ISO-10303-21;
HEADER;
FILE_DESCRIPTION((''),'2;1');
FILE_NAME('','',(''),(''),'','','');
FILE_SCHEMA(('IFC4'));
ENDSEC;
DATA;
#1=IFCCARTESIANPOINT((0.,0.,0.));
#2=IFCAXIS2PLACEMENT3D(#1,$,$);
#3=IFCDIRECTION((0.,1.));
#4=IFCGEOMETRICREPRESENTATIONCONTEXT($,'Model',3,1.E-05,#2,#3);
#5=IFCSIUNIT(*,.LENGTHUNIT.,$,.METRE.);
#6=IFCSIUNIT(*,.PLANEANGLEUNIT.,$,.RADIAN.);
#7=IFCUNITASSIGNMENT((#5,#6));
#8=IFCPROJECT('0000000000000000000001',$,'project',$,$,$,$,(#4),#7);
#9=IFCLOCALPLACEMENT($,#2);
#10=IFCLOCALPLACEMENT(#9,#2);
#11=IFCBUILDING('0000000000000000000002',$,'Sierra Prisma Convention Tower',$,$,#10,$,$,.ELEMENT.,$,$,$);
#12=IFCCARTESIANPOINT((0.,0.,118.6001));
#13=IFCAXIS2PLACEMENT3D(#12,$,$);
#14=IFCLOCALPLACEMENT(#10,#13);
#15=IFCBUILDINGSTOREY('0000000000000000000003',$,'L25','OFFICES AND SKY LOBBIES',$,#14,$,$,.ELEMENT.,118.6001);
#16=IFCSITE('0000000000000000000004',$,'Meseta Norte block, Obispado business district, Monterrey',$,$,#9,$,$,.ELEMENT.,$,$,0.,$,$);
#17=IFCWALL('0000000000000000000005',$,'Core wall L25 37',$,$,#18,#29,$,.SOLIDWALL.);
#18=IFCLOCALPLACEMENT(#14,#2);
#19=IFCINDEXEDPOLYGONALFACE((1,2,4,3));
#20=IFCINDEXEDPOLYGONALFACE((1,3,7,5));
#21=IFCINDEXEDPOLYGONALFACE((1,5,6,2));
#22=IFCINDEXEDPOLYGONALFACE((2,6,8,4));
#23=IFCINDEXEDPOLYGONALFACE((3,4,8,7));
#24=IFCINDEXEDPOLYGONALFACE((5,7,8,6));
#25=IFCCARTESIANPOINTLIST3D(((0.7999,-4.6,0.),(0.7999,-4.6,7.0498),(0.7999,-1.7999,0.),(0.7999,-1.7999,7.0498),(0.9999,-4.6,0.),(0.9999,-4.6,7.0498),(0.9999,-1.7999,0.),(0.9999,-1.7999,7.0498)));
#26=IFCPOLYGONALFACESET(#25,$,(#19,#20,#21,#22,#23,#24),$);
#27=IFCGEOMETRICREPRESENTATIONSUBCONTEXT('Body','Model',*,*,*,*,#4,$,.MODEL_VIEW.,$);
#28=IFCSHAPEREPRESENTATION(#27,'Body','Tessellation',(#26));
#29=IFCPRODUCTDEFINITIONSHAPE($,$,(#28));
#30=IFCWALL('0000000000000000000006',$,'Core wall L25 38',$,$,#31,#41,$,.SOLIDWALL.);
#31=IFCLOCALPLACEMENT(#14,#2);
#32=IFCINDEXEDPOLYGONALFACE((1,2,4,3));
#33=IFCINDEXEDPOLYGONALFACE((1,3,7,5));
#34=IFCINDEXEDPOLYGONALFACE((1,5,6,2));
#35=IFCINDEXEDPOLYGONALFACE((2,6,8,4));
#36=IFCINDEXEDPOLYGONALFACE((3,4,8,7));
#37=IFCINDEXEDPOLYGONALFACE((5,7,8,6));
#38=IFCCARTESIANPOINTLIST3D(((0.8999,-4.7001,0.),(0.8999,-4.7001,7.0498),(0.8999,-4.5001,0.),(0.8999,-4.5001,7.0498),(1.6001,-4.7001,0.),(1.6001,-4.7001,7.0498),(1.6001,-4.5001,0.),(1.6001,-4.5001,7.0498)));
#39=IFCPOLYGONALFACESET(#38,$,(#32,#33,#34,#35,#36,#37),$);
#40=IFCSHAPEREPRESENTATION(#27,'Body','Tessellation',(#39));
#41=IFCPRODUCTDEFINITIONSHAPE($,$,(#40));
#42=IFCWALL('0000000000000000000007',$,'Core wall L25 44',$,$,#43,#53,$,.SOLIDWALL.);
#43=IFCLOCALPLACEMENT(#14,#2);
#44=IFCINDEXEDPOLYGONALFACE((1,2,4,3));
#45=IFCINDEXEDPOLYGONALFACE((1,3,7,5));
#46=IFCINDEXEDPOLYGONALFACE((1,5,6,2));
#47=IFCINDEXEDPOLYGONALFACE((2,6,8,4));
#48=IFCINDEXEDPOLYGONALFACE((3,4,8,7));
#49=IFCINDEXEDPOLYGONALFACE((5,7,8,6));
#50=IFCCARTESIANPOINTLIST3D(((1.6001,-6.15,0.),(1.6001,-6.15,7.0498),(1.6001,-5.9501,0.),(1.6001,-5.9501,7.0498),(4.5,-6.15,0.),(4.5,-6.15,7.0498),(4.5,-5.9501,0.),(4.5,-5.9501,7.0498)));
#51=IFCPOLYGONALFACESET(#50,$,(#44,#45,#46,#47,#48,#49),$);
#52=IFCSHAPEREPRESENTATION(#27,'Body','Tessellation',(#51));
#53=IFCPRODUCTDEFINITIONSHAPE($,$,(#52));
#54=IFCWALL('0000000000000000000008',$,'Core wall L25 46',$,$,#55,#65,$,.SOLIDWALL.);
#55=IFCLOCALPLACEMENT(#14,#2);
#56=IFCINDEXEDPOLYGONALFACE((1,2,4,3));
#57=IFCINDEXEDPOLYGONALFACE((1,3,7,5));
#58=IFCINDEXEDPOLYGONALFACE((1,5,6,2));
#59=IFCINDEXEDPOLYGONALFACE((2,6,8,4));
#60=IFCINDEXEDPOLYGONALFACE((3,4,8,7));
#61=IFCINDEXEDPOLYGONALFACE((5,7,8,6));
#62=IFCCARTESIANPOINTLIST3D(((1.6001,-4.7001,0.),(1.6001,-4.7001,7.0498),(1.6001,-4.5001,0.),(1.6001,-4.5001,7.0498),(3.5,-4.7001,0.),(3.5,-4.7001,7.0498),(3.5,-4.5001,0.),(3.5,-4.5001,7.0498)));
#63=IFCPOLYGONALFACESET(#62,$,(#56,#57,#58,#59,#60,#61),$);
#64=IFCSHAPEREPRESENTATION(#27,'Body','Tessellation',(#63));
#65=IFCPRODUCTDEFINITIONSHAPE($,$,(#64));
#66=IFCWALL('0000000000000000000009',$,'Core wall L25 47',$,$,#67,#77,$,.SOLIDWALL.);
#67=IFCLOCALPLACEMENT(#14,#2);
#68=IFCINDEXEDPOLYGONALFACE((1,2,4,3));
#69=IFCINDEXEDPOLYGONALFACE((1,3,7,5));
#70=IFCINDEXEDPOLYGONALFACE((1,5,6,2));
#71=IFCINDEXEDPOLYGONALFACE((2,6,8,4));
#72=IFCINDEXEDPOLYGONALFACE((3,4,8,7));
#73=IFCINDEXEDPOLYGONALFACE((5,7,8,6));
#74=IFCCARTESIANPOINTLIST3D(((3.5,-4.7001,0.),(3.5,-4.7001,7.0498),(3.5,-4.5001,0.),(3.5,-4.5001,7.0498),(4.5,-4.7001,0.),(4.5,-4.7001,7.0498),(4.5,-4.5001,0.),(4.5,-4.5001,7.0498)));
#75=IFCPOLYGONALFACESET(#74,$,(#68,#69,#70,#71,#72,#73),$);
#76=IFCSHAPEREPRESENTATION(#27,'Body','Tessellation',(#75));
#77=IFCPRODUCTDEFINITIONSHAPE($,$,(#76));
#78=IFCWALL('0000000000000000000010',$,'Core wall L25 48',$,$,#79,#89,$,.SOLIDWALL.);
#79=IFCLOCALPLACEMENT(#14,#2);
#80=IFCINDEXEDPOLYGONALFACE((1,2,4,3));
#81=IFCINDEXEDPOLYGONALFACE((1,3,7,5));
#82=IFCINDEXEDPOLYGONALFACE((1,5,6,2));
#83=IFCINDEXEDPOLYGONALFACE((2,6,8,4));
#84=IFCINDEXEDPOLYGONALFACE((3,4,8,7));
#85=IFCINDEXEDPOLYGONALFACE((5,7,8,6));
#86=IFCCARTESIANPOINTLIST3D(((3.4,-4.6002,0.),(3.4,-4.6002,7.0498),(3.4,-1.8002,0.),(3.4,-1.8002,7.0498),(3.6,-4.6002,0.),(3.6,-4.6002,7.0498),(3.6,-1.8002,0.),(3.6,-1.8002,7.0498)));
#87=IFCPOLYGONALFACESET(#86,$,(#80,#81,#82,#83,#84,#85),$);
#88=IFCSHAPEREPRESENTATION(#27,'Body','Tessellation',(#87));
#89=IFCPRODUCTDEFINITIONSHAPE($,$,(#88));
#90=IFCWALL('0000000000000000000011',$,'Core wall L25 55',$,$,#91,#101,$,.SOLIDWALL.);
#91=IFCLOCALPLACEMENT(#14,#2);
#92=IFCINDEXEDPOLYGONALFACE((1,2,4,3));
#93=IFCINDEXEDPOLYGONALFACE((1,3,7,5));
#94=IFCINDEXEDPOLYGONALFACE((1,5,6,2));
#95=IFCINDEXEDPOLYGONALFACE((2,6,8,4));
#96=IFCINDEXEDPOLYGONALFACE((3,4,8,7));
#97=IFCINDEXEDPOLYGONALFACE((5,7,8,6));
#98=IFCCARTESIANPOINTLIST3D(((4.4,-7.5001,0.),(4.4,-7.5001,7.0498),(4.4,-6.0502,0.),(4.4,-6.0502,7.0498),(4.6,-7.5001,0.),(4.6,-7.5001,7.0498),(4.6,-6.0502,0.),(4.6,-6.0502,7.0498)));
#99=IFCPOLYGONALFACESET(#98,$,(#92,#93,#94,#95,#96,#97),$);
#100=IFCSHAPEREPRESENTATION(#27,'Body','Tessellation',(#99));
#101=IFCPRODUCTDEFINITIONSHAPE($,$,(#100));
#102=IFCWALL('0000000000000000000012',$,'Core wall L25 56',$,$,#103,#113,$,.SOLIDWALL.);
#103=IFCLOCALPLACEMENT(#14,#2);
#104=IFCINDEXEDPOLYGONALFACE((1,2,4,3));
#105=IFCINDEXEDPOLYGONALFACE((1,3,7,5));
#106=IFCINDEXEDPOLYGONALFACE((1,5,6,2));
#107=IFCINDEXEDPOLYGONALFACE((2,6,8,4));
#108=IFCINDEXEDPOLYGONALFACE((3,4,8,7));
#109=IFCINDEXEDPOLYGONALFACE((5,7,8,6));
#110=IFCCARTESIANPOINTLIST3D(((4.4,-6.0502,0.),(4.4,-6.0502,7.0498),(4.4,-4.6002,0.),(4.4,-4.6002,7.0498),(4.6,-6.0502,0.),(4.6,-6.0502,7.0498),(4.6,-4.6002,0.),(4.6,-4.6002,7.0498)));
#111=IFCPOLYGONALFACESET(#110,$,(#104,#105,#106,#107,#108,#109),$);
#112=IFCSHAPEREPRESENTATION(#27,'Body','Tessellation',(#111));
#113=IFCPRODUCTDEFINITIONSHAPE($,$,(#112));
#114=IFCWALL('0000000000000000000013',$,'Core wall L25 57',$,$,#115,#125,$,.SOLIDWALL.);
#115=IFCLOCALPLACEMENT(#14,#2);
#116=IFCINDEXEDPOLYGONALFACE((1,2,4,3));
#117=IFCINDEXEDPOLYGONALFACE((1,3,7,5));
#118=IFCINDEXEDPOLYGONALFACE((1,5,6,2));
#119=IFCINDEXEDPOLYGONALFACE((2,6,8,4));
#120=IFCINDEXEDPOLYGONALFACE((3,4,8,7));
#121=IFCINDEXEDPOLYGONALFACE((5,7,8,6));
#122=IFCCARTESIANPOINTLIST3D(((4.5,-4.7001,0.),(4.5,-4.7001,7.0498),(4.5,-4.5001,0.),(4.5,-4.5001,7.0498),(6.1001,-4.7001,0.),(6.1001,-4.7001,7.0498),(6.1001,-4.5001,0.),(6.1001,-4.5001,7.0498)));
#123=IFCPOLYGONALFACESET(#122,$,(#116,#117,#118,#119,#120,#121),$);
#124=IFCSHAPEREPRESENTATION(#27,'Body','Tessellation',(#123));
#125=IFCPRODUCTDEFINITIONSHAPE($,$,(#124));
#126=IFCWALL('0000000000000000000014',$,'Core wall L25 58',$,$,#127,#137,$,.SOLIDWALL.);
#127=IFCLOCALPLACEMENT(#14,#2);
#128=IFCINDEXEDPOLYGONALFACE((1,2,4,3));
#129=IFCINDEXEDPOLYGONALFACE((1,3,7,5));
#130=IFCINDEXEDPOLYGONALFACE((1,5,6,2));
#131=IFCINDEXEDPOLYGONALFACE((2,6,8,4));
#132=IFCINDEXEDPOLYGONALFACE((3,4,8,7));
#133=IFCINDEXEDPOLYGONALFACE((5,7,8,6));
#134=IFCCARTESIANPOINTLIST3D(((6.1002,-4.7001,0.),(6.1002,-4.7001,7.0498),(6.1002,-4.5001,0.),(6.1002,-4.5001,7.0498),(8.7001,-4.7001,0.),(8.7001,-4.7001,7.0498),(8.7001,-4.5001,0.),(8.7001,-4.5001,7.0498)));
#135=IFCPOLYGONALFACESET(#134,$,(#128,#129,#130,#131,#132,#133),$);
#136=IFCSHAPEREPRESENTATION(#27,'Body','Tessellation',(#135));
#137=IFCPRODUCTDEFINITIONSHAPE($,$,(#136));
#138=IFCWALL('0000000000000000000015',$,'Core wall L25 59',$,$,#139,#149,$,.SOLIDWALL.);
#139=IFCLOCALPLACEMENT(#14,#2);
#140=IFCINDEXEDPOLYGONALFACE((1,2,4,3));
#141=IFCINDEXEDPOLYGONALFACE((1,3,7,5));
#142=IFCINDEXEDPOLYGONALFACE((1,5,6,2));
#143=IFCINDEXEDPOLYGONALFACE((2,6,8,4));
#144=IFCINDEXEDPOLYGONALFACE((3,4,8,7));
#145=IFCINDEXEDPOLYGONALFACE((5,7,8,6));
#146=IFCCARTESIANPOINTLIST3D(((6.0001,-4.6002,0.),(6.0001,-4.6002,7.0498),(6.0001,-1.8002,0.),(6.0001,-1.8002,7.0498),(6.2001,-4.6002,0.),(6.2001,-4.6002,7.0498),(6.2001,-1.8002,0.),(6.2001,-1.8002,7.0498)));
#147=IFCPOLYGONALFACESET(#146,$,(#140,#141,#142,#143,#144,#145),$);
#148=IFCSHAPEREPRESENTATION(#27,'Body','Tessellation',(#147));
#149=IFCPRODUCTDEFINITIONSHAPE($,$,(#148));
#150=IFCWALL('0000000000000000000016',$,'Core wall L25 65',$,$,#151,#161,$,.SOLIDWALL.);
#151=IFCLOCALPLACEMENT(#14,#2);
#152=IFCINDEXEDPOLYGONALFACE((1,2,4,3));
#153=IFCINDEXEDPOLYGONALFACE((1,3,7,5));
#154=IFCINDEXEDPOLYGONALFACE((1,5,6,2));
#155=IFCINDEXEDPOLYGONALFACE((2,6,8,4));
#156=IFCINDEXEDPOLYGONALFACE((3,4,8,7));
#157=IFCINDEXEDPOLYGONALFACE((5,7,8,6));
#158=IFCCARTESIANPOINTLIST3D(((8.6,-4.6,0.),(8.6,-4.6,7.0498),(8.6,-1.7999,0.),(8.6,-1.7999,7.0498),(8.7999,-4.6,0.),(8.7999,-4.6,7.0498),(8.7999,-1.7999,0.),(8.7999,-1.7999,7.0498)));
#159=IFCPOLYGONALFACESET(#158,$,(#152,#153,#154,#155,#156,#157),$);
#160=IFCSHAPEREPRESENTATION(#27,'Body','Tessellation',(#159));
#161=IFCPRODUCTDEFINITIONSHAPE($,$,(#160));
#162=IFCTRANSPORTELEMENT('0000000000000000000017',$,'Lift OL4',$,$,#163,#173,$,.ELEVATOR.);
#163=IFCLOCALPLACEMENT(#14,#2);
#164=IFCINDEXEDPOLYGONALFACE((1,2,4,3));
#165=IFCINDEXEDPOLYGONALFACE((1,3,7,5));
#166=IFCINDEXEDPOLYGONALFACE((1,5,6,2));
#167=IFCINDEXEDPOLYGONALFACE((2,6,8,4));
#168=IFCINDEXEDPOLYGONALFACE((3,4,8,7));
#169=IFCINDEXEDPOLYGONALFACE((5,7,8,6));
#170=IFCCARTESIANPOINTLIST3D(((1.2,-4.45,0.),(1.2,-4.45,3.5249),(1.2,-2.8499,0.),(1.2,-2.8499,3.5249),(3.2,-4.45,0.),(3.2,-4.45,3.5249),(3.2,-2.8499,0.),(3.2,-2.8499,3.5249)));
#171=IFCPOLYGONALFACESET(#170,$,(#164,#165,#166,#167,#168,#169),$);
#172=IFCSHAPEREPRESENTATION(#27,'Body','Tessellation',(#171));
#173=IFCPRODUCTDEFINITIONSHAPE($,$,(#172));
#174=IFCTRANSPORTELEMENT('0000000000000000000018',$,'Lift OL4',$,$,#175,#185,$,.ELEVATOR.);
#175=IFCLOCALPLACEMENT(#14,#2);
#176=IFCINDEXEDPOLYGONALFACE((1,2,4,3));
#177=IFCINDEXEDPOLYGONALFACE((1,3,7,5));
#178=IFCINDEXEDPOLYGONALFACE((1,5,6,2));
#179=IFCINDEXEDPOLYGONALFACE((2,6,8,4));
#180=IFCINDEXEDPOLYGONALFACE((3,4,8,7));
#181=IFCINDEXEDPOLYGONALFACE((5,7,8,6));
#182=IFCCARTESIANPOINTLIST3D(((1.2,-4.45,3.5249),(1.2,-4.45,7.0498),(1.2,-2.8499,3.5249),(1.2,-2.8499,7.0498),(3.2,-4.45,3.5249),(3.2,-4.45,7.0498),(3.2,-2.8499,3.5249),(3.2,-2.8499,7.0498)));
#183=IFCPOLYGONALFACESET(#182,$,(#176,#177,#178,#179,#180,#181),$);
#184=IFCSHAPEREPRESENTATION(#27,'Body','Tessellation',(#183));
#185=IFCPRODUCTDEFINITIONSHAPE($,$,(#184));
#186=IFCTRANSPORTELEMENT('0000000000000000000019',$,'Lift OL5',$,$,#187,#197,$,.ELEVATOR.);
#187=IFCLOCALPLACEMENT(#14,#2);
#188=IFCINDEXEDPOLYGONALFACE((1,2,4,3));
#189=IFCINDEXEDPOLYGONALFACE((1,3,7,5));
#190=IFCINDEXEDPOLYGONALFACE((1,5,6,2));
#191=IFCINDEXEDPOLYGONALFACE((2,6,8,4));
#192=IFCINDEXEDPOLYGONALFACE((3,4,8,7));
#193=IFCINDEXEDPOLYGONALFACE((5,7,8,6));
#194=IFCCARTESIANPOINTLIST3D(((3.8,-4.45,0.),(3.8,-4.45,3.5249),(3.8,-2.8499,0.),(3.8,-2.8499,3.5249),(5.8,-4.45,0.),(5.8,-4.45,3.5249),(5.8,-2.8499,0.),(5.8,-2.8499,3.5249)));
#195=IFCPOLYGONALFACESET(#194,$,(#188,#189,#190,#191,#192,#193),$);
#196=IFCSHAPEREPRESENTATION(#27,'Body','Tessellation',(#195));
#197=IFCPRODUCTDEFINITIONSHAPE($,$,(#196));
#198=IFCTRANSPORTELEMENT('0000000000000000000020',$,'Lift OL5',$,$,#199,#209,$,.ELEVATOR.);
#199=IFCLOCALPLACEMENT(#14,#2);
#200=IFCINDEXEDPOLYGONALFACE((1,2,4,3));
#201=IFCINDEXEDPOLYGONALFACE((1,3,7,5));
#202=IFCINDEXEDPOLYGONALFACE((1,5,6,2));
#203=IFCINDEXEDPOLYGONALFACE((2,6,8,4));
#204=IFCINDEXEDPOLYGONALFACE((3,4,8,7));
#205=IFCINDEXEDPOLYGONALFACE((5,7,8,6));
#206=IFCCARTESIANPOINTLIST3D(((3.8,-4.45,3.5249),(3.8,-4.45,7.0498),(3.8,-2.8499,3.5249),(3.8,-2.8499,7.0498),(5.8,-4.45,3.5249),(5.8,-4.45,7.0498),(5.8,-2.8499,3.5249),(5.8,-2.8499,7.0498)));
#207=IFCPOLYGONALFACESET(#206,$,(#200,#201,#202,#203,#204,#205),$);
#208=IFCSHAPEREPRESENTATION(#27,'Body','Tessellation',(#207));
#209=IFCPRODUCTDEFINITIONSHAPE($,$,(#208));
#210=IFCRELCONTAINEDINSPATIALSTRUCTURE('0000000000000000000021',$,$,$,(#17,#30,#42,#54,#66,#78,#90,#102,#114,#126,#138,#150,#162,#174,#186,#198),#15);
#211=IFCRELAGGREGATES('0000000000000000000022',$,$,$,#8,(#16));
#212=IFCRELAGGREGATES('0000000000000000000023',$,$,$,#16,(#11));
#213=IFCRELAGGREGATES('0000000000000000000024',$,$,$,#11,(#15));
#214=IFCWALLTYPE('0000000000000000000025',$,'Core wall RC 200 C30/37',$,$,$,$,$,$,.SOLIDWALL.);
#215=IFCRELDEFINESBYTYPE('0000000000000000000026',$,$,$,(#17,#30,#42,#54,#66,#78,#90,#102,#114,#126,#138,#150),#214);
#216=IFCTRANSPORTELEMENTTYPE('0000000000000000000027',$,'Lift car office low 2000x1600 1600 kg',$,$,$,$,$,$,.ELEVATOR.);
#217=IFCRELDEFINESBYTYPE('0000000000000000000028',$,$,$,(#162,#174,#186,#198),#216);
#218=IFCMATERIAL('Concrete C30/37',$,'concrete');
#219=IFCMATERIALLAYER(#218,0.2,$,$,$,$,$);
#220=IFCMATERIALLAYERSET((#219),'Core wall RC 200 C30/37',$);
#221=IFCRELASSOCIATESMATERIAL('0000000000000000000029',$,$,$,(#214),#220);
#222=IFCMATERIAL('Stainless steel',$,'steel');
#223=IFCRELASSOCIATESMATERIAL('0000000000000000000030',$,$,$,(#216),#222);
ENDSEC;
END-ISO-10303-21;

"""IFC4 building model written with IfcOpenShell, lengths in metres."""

from ifc_helpers import new_model, si_unit, direction, frame, frame_2d, origin, origin_2d, place, context, subcontext, project, spatial, rectangle, extrude, material, layer, layer_set, type_object, element, save


model = new_model("IFC4")

# Units and contexts
model_context = context("Model", 3, precision=1e-05, world=origin(), true_north=direction((0.0, 1.0)))
body_context = subcontext(model_context, "Body", "Model", "MODEL_VIEW")
ifc_project = project(units=[si_unit("LENGTHUNIT", "METRE"), si_unit("PLANEANGLEUNIT", "RADIAN")], contexts=[model_context])

# Site, building, storey
site_placement = place(None, origin())
site = spatial("IfcSite", under=ifc_project, at=site_placement, Name="Meseta Norte block, Obispado business district, Monterrey", CompositionType="ELEMENT", RefElevation=0.0)
building_placement = place(site_placement, origin())
building = spatial("IfcBuilding", under=site, at=building_placement, Name="Sierra Prisma Convention Tower", CompositionType="ELEMENT")
storey_placement = place(building_placement, frame((0.0, 0.0, 118.6001)))
storey = spatial("IfcBuildingStorey", under=building, at=storey_placement, Name="L25", Description="OFFICES AND SKY LOBBIES", CompositionType="ELEMENT", Elevation=118.6001)

# Shared definitions
ifc_material_1 = material(Name="Concrete C30/37", Category="concrete")
ifc_layer_1 = layer(ifc_material_1, 0.2)
ifc_layer_set_1 = layer_set([ifc_layer_1], Name="Core wall RC 200 C30/37")
wall_type = type_object("IfcWallType", Name="Core wall RC 200 C30/37", PredefinedType="SOLIDWALL", material=ifc_layer_set_1)

# Walls
wall_1_placement = place(storey_placement, frame((0.8999, -1.8, 0.0), z_axis=(0.0, 0.0, 1.0), x_axis=(0.0, -1.0, 0.0)))
element("IfcWall", 1, at=wall_1_placement, inside=storey, type_object=wall_type, Name="Core wall L25 37", PredefinedType="SOLIDWALL", context=body_context, shape_type="SweptSolid", body=[
    extrude(rectangle(XDim=2.8, YDim=0.2, at=frame_2d((1.3999, 0.0))), origin(), (0.0, 0.0, 1.0), 7.0498),
])
wall_2_placement = place(storey_placement, frame((0.8999, -4.6001, 0.0), z_axis=(0.0, 0.0, 1.0), x_axis=(1.0, 0.0, 0.0)))
element("IfcWall", 2, at=wall_2_placement, inside=storey, type_object=wall_type, Name="Core wall L25 38", PredefinedType="SOLIDWALL", context=body_context, shape_type="SweptSolid", body=[
    extrude(rectangle(XDim=0.7002, YDim=0.2, at=frame_2d((0.3501, 0.0))), origin(), (0.0, 0.0, 1.0), 7.0498),
])
wall_3_placement = place(storey_placement, frame((4.5, -6.05, 0.0), z_axis=(0.0, 0.0, 1.0), x_axis=(-1.0, 0.0, 0.0)))
element("IfcWall", 3, at=wall_3_placement, inside=storey, type_object=wall_type, Name="Core wall L25 44", PredefinedType="SOLIDWALL", context=body_context, shape_type="SweptSolid", body=[
    extrude(rectangle(XDim=2.8999, YDim=0.2, at=frame_2d((1.45, 0.0))), origin(), (0.0, 0.0, 1.0), 7.0498),
])

# Walls
wall_4_placement = place(storey_placement, frame((3.5, -4.6001, 0.0), z_axis=(0.0, 0.0, 1.0), x_axis=(-1.0, 0.0, 0.0)))
element("IfcWall", 4, at=wall_4_placement, inside=storey, type_object=wall_type, Name="Core wall L25 46", PredefinedType="SOLIDWALL", context=body_context, shape_type="SweptSolid", body=[
    extrude(rectangle(XDim=1.8999, YDim=0.2, at=frame_2d((0.95, 0.0))), origin(), (0.0, 0.0, 1.0), 7.0498),
])
wall_5_placement = place(storey_placement, frame((4.5, -4.6001, 0.0), z_axis=(0.0, 0.0, 1.0), x_axis=(-1.0, 0.0, 0.0)))
element("IfcWall", 5, at=wall_5_placement, inside=storey, type_object=wall_type, Name="Core wall L25 47", PredefinedType="SOLIDWALL", context=body_context, shape_type="SweptSolid", body=[
    extrude(rectangle(XDim=1.0, YDim=0.2, at=frame_2d((0.5, 0.0))), origin(), (0.0, 0.0, 1.0), 7.0498),
])
wall_6_placement = place(storey_placement, frame((3.5, -4.6001, 0.0), z_axis=(0.0, 0.0, 1.0), x_axis=(0.0, 1.0, 0.0)))
element("IfcWall", 6, at=wall_6_placement, inside=storey, type_object=wall_type, Name="Core wall L25 48", PredefinedType="SOLIDWALL", context=body_context, shape_type="SweptSolid", body=[
    extrude(rectangle(XDim=2.8, YDim=0.2, at=frame_2d((1.3999, 0.0))), origin(), (0.0, 0.0, 1.0), 7.0498),
])

# Walls
for number, where, z_axis, x_axis, name in (
    (7, (4.5, -6.05, 0.0), (0.0, 0.0, 1.0), (0.0, -1.0, 0.0), "Core wall L25 55"),
    (8, (4.5, -4.6001, 0.0), (0.0, 0.0, 1.0), (0.0, -1.0, 0.0), "Core wall L25 56"),
):
    element("IfcWall", number, at=place(storey_placement, frame(where, z_axis=z_axis, x_axis=x_axis)), inside=storey, type_object=wall_type, Name=name, PredefinedType="SOLIDWALL", context=body_context, shape_type="SweptSolid", body=[
        extrude(rectangle(XDim=1.45, YDim=0.2, at=frame_2d((0.7251, 0.0))), origin(), (0.0, 0.0, 1.0), 7.0498),
    ])
wall_7_placement = place(storey_placement, frame((6.1001, -4.6001, 0.0), z_axis=(0.0, 0.0, 1.0), x_axis=(-1.0, 0.0, 0.0)))
element("IfcWall", 9, at=wall_7_placement, inside=storey, type_object=wall_type, Name="Core wall L25 57", PredefinedType="SOLIDWALL", context=body_context, shape_type="SweptSolid", body=[
    extrude(rectangle(XDim=1.6001, YDim=0.2, at=frame_2d((0.8, 0.0))), origin(), (0.0, 0.0, 1.0), 7.0498),
])
wall_8_placement = place(storey_placement, frame((8.7, -4.6001, 0.0), z_axis=(0.0, 0.0, 1.0), x_axis=(-1.0, 0.0, 0.0)))
element("IfcWall", 10, at=wall_8_placement, inside=storey, type_object=wall_type, Name="Core wall L25 58", PredefinedType="SOLIDWALL", context=body_context, shape_type="SweptSolid", body=[
    extrude(rectangle(XDim=2.5999, YDim=0.2, at=frame_2d((1.2998, 0.0))), origin(), (0.0, 0.0, 1.0), 7.0498),
])
wall_9_placement = place(storey_placement, frame((6.1001, -4.6001, 0.0), z_axis=(0.0, 0.0, 1.0), x_axis=(0.0, 1.0, 0.0)))
element("IfcWall", 11, at=wall_9_placement, inside=storey, type_object=wall_type, Name="Core wall L25 59", PredefinedType="SOLIDWALL", context=body_context, shape_type="SweptSolid", body=[
    extrude(rectangle(XDim=2.8, YDim=0.2, at=frame_2d((1.3999, 0.0))), origin(), (0.0, 0.0, 1.0), 7.0498),
])

# Wall
wall_10_placement = place(storey_placement, frame((8.7, -1.8, 0.0), z_axis=(0.0, 0.0, 1.0), x_axis=(0.0, -1.0, 0.0)))
element("IfcWall", 12, at=wall_10_placement, inside=storey, type_object=wall_type, Name="Core wall L25 65", PredefinedType="SOLIDWALL", context=body_context, shape_type="SweptSolid", body=[
    extrude(rectangle(XDim=2.8, YDim=0.2, at=frame_2d((1.3999, 0.0))), origin(), (0.0, 0.0, 1.0), 7.0498),
])

# Transport elements
ifc_material_2 = material(Name="Stainless steel", Category="steel")
transport_element_type = type_object("IfcTransportElementType", Name="Lift car office low 2000x1600 1600 kg", PredefinedType="ELEVATOR", material=ifc_material_2)
for number, where, z_axis, x_axis, name in (
    (13, (2.2, -3.6499, 0.0), (0.0, 0.0, 1.0), (1.0, 0.0, 0.0), "Lift OL4"),
    (14, (2.2, -3.6499, 3.5249), (0.0, 0.0, 1.0), (1.0, 0.0, 0.0), "Lift OL4"),
    (15, (4.8, -3.6499, 0.0), (0.0, 0.0, 1.0), (1.0, 0.0, 0.0), "Lift OL5"),
    (16, (4.8, -3.6499, 3.5249), (0.0, 0.0, 1.0), (1.0, 0.0, 0.0), "Lift OL5"),
):
    element("IfcTransportElement", number, at=place(storey_placement, frame(where, z_axis=z_axis, x_axis=x_axis)), inside=storey, type_object=transport_element_type, Name=name, PredefinedType="ELEVATOR", context=body_context, shape_type="SweptSolid", body=[
        extrude(rectangle(XDim=2.0, YDim=1.6001, at=origin_2d()), origin(), (0.0, 0.0, 1.0), 3.5249),
    ])

save(model, "model.ifc")
